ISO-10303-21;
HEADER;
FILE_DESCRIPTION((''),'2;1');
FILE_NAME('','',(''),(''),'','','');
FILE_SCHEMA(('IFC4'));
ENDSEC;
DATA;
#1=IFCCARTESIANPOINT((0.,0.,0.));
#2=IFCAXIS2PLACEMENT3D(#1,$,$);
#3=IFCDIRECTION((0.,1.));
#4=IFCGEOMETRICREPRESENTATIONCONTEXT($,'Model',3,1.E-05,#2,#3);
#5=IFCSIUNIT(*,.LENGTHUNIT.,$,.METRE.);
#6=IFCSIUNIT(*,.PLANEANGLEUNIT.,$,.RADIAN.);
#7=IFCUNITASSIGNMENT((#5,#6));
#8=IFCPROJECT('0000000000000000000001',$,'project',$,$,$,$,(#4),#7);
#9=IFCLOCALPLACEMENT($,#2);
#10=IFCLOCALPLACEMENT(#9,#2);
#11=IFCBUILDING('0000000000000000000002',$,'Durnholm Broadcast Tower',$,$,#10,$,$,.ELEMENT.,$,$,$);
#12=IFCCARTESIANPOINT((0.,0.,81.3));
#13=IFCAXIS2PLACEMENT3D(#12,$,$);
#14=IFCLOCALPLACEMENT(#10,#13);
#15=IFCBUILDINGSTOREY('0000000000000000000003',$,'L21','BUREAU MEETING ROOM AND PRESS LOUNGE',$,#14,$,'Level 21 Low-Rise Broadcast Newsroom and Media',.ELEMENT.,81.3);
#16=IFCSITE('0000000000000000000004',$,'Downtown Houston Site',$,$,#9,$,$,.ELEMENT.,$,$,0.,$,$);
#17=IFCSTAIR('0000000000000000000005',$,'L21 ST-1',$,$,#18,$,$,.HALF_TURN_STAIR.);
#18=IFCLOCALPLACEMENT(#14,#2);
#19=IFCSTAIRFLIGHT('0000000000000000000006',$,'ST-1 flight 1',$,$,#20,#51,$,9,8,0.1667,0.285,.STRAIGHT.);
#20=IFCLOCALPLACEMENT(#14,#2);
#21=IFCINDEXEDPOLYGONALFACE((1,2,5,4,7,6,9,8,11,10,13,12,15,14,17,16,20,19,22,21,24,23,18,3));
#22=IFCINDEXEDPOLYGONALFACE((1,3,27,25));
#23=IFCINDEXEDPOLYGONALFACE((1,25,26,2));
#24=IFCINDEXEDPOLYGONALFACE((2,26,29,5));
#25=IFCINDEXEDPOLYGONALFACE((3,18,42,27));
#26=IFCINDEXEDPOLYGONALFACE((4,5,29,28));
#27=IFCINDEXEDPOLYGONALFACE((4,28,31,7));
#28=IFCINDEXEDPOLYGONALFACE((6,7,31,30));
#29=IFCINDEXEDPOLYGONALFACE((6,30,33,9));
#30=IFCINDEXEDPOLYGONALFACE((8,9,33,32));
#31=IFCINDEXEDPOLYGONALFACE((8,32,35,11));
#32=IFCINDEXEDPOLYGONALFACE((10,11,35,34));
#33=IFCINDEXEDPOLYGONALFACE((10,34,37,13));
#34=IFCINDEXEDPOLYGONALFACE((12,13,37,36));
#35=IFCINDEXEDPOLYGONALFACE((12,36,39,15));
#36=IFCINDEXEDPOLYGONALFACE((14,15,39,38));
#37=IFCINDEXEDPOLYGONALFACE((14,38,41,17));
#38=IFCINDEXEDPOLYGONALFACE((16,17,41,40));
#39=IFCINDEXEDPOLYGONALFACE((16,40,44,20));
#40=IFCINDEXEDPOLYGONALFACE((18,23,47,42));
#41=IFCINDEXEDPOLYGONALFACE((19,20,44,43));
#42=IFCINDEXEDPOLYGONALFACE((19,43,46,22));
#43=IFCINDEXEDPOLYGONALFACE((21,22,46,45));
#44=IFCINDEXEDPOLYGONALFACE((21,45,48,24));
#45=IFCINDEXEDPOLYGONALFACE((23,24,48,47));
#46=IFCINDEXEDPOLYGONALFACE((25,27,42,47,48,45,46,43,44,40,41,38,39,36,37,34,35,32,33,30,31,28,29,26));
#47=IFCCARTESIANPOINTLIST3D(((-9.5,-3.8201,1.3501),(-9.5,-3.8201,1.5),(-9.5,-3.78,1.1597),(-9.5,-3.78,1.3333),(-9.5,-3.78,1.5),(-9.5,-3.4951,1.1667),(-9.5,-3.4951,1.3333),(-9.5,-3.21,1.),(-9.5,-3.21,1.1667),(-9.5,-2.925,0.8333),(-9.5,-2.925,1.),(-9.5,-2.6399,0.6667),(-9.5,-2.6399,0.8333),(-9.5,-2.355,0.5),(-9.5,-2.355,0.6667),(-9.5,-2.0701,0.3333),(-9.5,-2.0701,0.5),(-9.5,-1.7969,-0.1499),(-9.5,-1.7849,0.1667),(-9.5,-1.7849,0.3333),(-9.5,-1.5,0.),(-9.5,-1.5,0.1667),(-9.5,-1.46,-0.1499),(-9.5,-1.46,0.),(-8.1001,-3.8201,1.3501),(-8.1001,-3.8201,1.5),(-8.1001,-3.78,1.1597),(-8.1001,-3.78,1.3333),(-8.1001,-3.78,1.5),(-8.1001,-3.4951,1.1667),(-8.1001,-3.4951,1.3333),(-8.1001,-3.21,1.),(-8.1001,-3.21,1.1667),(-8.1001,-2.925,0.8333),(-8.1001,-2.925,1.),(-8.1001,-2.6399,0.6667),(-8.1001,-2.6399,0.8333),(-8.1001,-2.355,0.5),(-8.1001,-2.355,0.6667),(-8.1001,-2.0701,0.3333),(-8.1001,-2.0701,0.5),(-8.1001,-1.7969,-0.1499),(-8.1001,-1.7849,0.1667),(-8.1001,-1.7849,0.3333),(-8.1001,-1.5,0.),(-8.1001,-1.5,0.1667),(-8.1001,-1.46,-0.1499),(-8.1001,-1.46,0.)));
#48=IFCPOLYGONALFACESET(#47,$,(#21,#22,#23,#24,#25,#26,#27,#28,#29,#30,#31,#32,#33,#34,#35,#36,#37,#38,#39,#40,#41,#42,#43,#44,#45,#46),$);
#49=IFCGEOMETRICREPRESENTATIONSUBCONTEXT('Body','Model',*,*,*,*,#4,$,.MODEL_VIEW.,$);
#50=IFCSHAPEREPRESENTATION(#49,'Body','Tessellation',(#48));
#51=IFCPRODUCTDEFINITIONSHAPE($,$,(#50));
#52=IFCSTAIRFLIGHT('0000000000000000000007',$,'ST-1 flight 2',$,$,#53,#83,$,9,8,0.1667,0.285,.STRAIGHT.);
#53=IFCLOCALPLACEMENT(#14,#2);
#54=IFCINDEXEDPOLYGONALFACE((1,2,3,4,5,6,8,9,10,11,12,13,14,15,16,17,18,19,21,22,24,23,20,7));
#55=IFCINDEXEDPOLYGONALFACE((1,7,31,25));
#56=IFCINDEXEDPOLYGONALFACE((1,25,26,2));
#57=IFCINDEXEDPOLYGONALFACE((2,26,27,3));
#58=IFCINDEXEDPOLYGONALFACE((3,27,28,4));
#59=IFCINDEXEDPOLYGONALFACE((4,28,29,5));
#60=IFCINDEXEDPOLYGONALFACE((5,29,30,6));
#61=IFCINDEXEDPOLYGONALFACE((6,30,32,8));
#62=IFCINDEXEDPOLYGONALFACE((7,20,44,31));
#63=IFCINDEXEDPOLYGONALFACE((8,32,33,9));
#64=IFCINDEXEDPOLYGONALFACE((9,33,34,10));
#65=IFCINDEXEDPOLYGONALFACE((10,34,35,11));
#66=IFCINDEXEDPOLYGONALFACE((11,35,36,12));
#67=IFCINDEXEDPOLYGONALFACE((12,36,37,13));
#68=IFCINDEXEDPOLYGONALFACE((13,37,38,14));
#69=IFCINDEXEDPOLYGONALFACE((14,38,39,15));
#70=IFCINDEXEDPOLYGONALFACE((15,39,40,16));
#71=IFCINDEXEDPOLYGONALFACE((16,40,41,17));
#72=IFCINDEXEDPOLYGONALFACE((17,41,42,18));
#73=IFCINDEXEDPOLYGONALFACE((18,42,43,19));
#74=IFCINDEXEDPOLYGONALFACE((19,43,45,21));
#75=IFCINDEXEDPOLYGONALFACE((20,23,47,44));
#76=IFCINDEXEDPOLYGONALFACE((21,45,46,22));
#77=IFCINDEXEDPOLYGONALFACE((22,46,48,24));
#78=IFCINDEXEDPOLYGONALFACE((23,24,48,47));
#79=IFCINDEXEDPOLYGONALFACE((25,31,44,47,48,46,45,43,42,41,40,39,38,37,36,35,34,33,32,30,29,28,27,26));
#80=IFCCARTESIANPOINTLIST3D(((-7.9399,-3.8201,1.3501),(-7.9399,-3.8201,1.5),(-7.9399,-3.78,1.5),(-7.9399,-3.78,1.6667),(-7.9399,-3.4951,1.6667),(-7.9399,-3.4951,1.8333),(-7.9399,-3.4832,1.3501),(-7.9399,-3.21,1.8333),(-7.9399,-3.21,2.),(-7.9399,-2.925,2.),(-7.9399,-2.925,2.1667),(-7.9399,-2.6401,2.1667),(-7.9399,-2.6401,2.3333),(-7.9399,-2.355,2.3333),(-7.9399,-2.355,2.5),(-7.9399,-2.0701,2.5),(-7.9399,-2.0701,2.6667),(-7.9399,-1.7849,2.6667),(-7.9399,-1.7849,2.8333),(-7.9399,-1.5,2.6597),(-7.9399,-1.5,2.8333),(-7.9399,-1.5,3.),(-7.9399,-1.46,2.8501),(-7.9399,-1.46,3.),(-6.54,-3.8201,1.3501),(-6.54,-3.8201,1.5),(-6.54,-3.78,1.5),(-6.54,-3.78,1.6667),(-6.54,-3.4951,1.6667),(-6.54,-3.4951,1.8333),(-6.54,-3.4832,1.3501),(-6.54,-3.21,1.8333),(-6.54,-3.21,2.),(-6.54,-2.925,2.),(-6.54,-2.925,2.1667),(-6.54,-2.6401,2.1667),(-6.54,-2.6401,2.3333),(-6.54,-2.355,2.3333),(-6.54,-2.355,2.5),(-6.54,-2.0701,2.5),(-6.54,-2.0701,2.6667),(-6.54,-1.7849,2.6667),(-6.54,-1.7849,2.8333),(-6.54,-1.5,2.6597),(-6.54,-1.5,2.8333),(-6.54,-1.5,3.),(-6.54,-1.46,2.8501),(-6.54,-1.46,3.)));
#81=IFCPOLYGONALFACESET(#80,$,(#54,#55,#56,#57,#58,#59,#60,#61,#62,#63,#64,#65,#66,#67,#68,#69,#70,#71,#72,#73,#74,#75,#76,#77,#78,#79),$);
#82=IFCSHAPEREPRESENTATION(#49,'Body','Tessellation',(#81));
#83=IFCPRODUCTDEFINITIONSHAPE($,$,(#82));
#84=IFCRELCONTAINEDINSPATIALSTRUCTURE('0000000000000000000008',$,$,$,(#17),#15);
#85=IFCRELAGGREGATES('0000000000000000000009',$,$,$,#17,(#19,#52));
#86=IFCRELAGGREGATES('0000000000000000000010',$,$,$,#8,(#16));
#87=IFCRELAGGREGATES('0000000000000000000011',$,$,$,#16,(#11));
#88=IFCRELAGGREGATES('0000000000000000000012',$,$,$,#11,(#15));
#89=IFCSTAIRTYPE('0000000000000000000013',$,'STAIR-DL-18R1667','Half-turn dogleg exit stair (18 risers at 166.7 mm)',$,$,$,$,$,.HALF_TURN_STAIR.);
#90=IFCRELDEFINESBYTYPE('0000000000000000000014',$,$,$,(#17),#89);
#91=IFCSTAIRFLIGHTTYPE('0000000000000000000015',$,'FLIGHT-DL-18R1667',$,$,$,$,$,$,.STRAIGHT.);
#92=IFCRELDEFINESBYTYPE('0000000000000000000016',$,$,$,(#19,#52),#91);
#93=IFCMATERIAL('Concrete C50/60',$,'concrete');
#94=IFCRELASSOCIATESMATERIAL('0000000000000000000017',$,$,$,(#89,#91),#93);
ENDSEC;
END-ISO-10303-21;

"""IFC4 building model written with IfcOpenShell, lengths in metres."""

from ifc_helpers import new_model, si_unit, direction, frame, origin, place, context, subcontext, project, spatial, polyline, outline, extrude, material, type_object, element, aggregate, save


model = new_model("IFC4")

# Units and contexts
model_context = context("Model", 3, precision=1e-05, world=origin(), true_north=direction((0.0, 1.0)))
body_context = subcontext(model_context, "Body", "Model", "MODEL_VIEW")
ifc_project = project(units=[si_unit("LENGTHUNIT", "METRE"), si_unit("PLANEANGLEUNIT", "RADIAN")], contexts=[model_context])

# Site, building, storey
site_placement = place(None, origin())
site = spatial("IfcSite", under=ifc_project, at=site_placement, Name="Downtown Houston Site", CompositionType="ELEMENT", RefElevation=0.0)
building_placement = place(site_placement, origin())
building = spatial("IfcBuilding", under=site, at=building_placement, Name="Durnholm Broadcast Tower", CompositionType="ELEMENT")
storey_placement = place(building_placement, frame((0.0, 0.0, 81.3)))
storey = spatial("IfcBuildingStorey", under=building, at=storey_placement, Name="L21", Description="BUREAU MEETING ROOM AND PRESS LOUNGE", LongName="Level 21 Low-Rise Broadcast Newsroom and Media", CompositionType="ELEMENT", Elevation=81.3)

# Shared definitions
ifc_material_1 = material(Name="Concrete C50/60", Category="concrete")

# Stair
stair_type = type_object("IfcStairType", Name="STAIR-DL-18R1667", Description="Half-turn dogleg exit stair (18 risers at 166.7 mm)", PredefinedType="HALF_TURN_STAIR", material=ifc_material_1)
stair_1_placement = place(storey_placement, origin())
stair_1 = element("IfcStair", 1, at=stair_1_placement, inside=storey, type_object=stair_type, Name="L21 ST-1", PredefinedType="HALF_TURN_STAIR")

# Stair flights
stair_flight_type = type_object("IfcStairFlightType", Name="FLIGHT-DL-18R1667", PredefinedType="STRAIGHT", material=ifc_material_1)
stair_flight_1_placement = place(storey_placement, frame((-8.8, -1.5, 0.0), z_axis=(0.0, 0.0, 1.0), x_axis=(0.0, -1.0, 0.0)))
stair_flight_1 = element("IfcStairFlight", 2, at=stair_flight_1_placement, type_object=stair_flight_type, Name="ST-1 flight 1", NumberOfRisers=9, NumberOfTreads=8, PredefinedType="STRAIGHT", RiserHeight=0.1667, TreadLength=0.285, context=body_context, shape_type="SweptSolid", body=[
    extrude(outline(polyline([(-0.04, -0.1499), (-0.04, 0.0), (0.0, 0.0), (0.0, 0.1667), (0.2849, 0.1667), (0.2849, 0.3333), (0.5701, 0.3333), (0.5701, 0.5), (0.855, 0.5), (0.855, 0.6667), (1.1399, 0.6667), (1.1399, 0.8333), (1.425, 0.8333), (1.425, 1.0), (1.71, 1.0), (1.71, 1.1667), (1.9951, 1.1667), (1.9951, 1.3333), (2.28, 1.3333), (2.28, 1.5), (2.3201, 1.5), (2.3201, 1.3501), (2.28, 1.1597), (0.2969, -0.1499), (-0.04, -0.1499)])), frame((0.0, 0.7, 0.0), z_axis=(0.0, -1.0, 0.0), x_axis=(1.0, 0.0, 0.0)), (0.0, 0.0, 1.0), 1.3999),
])
stair_flight_2_placement = place(storey_placement, frame((-7.24, -3.78, 1.5), z_axis=(0.0, 0.0, 1.0), x_axis=(0.0, 1.0, 0.0)))
stair_flight_2 = element("IfcStairFlight", 3, at=stair_flight_2_placement, type_object=stair_flight_type, Name="ST-1 flight 2", NumberOfRisers=9, NumberOfTreads=8, PredefinedType="STRAIGHT", RiserHeight=0.1667, TreadLength=0.285, context=body_context, shape_type="SweptSolid", body=[
    extrude(outline(polyline([(-0.04, -0.1499), (-0.04, 0.0), (0.0, 0.0), (0.0, 0.1667), (0.2849, 0.1667), (0.2849, 0.3333), (0.5701, 0.3333), (0.5701, 0.5), (0.855, 0.5), (0.855, 0.6667), (1.1399, 0.6667), (1.1399, 0.8333), (1.425, 0.8333), (1.425, 1.0), (1.71, 1.0), (1.71, 1.1667), (1.9951, 1.1667), (1.9951, 1.3333), (2.28, 1.3333), (2.28, 1.5), (2.3201, 1.5), (2.3201, 1.3501), (2.28, 1.1597), (0.2969, -0.1499), (-0.04, -0.1499)])), frame((0.0, 0.7, 0.0), z_axis=(0.0, -1.0, 0.0), x_axis=(1.0, 0.0, 0.0)), (0.0, 0.0, 1.0), 1.3999),
])
aggregate(stair_1, [stair_flight_1, stair_flight_2])

save(model, "model.ifc")
